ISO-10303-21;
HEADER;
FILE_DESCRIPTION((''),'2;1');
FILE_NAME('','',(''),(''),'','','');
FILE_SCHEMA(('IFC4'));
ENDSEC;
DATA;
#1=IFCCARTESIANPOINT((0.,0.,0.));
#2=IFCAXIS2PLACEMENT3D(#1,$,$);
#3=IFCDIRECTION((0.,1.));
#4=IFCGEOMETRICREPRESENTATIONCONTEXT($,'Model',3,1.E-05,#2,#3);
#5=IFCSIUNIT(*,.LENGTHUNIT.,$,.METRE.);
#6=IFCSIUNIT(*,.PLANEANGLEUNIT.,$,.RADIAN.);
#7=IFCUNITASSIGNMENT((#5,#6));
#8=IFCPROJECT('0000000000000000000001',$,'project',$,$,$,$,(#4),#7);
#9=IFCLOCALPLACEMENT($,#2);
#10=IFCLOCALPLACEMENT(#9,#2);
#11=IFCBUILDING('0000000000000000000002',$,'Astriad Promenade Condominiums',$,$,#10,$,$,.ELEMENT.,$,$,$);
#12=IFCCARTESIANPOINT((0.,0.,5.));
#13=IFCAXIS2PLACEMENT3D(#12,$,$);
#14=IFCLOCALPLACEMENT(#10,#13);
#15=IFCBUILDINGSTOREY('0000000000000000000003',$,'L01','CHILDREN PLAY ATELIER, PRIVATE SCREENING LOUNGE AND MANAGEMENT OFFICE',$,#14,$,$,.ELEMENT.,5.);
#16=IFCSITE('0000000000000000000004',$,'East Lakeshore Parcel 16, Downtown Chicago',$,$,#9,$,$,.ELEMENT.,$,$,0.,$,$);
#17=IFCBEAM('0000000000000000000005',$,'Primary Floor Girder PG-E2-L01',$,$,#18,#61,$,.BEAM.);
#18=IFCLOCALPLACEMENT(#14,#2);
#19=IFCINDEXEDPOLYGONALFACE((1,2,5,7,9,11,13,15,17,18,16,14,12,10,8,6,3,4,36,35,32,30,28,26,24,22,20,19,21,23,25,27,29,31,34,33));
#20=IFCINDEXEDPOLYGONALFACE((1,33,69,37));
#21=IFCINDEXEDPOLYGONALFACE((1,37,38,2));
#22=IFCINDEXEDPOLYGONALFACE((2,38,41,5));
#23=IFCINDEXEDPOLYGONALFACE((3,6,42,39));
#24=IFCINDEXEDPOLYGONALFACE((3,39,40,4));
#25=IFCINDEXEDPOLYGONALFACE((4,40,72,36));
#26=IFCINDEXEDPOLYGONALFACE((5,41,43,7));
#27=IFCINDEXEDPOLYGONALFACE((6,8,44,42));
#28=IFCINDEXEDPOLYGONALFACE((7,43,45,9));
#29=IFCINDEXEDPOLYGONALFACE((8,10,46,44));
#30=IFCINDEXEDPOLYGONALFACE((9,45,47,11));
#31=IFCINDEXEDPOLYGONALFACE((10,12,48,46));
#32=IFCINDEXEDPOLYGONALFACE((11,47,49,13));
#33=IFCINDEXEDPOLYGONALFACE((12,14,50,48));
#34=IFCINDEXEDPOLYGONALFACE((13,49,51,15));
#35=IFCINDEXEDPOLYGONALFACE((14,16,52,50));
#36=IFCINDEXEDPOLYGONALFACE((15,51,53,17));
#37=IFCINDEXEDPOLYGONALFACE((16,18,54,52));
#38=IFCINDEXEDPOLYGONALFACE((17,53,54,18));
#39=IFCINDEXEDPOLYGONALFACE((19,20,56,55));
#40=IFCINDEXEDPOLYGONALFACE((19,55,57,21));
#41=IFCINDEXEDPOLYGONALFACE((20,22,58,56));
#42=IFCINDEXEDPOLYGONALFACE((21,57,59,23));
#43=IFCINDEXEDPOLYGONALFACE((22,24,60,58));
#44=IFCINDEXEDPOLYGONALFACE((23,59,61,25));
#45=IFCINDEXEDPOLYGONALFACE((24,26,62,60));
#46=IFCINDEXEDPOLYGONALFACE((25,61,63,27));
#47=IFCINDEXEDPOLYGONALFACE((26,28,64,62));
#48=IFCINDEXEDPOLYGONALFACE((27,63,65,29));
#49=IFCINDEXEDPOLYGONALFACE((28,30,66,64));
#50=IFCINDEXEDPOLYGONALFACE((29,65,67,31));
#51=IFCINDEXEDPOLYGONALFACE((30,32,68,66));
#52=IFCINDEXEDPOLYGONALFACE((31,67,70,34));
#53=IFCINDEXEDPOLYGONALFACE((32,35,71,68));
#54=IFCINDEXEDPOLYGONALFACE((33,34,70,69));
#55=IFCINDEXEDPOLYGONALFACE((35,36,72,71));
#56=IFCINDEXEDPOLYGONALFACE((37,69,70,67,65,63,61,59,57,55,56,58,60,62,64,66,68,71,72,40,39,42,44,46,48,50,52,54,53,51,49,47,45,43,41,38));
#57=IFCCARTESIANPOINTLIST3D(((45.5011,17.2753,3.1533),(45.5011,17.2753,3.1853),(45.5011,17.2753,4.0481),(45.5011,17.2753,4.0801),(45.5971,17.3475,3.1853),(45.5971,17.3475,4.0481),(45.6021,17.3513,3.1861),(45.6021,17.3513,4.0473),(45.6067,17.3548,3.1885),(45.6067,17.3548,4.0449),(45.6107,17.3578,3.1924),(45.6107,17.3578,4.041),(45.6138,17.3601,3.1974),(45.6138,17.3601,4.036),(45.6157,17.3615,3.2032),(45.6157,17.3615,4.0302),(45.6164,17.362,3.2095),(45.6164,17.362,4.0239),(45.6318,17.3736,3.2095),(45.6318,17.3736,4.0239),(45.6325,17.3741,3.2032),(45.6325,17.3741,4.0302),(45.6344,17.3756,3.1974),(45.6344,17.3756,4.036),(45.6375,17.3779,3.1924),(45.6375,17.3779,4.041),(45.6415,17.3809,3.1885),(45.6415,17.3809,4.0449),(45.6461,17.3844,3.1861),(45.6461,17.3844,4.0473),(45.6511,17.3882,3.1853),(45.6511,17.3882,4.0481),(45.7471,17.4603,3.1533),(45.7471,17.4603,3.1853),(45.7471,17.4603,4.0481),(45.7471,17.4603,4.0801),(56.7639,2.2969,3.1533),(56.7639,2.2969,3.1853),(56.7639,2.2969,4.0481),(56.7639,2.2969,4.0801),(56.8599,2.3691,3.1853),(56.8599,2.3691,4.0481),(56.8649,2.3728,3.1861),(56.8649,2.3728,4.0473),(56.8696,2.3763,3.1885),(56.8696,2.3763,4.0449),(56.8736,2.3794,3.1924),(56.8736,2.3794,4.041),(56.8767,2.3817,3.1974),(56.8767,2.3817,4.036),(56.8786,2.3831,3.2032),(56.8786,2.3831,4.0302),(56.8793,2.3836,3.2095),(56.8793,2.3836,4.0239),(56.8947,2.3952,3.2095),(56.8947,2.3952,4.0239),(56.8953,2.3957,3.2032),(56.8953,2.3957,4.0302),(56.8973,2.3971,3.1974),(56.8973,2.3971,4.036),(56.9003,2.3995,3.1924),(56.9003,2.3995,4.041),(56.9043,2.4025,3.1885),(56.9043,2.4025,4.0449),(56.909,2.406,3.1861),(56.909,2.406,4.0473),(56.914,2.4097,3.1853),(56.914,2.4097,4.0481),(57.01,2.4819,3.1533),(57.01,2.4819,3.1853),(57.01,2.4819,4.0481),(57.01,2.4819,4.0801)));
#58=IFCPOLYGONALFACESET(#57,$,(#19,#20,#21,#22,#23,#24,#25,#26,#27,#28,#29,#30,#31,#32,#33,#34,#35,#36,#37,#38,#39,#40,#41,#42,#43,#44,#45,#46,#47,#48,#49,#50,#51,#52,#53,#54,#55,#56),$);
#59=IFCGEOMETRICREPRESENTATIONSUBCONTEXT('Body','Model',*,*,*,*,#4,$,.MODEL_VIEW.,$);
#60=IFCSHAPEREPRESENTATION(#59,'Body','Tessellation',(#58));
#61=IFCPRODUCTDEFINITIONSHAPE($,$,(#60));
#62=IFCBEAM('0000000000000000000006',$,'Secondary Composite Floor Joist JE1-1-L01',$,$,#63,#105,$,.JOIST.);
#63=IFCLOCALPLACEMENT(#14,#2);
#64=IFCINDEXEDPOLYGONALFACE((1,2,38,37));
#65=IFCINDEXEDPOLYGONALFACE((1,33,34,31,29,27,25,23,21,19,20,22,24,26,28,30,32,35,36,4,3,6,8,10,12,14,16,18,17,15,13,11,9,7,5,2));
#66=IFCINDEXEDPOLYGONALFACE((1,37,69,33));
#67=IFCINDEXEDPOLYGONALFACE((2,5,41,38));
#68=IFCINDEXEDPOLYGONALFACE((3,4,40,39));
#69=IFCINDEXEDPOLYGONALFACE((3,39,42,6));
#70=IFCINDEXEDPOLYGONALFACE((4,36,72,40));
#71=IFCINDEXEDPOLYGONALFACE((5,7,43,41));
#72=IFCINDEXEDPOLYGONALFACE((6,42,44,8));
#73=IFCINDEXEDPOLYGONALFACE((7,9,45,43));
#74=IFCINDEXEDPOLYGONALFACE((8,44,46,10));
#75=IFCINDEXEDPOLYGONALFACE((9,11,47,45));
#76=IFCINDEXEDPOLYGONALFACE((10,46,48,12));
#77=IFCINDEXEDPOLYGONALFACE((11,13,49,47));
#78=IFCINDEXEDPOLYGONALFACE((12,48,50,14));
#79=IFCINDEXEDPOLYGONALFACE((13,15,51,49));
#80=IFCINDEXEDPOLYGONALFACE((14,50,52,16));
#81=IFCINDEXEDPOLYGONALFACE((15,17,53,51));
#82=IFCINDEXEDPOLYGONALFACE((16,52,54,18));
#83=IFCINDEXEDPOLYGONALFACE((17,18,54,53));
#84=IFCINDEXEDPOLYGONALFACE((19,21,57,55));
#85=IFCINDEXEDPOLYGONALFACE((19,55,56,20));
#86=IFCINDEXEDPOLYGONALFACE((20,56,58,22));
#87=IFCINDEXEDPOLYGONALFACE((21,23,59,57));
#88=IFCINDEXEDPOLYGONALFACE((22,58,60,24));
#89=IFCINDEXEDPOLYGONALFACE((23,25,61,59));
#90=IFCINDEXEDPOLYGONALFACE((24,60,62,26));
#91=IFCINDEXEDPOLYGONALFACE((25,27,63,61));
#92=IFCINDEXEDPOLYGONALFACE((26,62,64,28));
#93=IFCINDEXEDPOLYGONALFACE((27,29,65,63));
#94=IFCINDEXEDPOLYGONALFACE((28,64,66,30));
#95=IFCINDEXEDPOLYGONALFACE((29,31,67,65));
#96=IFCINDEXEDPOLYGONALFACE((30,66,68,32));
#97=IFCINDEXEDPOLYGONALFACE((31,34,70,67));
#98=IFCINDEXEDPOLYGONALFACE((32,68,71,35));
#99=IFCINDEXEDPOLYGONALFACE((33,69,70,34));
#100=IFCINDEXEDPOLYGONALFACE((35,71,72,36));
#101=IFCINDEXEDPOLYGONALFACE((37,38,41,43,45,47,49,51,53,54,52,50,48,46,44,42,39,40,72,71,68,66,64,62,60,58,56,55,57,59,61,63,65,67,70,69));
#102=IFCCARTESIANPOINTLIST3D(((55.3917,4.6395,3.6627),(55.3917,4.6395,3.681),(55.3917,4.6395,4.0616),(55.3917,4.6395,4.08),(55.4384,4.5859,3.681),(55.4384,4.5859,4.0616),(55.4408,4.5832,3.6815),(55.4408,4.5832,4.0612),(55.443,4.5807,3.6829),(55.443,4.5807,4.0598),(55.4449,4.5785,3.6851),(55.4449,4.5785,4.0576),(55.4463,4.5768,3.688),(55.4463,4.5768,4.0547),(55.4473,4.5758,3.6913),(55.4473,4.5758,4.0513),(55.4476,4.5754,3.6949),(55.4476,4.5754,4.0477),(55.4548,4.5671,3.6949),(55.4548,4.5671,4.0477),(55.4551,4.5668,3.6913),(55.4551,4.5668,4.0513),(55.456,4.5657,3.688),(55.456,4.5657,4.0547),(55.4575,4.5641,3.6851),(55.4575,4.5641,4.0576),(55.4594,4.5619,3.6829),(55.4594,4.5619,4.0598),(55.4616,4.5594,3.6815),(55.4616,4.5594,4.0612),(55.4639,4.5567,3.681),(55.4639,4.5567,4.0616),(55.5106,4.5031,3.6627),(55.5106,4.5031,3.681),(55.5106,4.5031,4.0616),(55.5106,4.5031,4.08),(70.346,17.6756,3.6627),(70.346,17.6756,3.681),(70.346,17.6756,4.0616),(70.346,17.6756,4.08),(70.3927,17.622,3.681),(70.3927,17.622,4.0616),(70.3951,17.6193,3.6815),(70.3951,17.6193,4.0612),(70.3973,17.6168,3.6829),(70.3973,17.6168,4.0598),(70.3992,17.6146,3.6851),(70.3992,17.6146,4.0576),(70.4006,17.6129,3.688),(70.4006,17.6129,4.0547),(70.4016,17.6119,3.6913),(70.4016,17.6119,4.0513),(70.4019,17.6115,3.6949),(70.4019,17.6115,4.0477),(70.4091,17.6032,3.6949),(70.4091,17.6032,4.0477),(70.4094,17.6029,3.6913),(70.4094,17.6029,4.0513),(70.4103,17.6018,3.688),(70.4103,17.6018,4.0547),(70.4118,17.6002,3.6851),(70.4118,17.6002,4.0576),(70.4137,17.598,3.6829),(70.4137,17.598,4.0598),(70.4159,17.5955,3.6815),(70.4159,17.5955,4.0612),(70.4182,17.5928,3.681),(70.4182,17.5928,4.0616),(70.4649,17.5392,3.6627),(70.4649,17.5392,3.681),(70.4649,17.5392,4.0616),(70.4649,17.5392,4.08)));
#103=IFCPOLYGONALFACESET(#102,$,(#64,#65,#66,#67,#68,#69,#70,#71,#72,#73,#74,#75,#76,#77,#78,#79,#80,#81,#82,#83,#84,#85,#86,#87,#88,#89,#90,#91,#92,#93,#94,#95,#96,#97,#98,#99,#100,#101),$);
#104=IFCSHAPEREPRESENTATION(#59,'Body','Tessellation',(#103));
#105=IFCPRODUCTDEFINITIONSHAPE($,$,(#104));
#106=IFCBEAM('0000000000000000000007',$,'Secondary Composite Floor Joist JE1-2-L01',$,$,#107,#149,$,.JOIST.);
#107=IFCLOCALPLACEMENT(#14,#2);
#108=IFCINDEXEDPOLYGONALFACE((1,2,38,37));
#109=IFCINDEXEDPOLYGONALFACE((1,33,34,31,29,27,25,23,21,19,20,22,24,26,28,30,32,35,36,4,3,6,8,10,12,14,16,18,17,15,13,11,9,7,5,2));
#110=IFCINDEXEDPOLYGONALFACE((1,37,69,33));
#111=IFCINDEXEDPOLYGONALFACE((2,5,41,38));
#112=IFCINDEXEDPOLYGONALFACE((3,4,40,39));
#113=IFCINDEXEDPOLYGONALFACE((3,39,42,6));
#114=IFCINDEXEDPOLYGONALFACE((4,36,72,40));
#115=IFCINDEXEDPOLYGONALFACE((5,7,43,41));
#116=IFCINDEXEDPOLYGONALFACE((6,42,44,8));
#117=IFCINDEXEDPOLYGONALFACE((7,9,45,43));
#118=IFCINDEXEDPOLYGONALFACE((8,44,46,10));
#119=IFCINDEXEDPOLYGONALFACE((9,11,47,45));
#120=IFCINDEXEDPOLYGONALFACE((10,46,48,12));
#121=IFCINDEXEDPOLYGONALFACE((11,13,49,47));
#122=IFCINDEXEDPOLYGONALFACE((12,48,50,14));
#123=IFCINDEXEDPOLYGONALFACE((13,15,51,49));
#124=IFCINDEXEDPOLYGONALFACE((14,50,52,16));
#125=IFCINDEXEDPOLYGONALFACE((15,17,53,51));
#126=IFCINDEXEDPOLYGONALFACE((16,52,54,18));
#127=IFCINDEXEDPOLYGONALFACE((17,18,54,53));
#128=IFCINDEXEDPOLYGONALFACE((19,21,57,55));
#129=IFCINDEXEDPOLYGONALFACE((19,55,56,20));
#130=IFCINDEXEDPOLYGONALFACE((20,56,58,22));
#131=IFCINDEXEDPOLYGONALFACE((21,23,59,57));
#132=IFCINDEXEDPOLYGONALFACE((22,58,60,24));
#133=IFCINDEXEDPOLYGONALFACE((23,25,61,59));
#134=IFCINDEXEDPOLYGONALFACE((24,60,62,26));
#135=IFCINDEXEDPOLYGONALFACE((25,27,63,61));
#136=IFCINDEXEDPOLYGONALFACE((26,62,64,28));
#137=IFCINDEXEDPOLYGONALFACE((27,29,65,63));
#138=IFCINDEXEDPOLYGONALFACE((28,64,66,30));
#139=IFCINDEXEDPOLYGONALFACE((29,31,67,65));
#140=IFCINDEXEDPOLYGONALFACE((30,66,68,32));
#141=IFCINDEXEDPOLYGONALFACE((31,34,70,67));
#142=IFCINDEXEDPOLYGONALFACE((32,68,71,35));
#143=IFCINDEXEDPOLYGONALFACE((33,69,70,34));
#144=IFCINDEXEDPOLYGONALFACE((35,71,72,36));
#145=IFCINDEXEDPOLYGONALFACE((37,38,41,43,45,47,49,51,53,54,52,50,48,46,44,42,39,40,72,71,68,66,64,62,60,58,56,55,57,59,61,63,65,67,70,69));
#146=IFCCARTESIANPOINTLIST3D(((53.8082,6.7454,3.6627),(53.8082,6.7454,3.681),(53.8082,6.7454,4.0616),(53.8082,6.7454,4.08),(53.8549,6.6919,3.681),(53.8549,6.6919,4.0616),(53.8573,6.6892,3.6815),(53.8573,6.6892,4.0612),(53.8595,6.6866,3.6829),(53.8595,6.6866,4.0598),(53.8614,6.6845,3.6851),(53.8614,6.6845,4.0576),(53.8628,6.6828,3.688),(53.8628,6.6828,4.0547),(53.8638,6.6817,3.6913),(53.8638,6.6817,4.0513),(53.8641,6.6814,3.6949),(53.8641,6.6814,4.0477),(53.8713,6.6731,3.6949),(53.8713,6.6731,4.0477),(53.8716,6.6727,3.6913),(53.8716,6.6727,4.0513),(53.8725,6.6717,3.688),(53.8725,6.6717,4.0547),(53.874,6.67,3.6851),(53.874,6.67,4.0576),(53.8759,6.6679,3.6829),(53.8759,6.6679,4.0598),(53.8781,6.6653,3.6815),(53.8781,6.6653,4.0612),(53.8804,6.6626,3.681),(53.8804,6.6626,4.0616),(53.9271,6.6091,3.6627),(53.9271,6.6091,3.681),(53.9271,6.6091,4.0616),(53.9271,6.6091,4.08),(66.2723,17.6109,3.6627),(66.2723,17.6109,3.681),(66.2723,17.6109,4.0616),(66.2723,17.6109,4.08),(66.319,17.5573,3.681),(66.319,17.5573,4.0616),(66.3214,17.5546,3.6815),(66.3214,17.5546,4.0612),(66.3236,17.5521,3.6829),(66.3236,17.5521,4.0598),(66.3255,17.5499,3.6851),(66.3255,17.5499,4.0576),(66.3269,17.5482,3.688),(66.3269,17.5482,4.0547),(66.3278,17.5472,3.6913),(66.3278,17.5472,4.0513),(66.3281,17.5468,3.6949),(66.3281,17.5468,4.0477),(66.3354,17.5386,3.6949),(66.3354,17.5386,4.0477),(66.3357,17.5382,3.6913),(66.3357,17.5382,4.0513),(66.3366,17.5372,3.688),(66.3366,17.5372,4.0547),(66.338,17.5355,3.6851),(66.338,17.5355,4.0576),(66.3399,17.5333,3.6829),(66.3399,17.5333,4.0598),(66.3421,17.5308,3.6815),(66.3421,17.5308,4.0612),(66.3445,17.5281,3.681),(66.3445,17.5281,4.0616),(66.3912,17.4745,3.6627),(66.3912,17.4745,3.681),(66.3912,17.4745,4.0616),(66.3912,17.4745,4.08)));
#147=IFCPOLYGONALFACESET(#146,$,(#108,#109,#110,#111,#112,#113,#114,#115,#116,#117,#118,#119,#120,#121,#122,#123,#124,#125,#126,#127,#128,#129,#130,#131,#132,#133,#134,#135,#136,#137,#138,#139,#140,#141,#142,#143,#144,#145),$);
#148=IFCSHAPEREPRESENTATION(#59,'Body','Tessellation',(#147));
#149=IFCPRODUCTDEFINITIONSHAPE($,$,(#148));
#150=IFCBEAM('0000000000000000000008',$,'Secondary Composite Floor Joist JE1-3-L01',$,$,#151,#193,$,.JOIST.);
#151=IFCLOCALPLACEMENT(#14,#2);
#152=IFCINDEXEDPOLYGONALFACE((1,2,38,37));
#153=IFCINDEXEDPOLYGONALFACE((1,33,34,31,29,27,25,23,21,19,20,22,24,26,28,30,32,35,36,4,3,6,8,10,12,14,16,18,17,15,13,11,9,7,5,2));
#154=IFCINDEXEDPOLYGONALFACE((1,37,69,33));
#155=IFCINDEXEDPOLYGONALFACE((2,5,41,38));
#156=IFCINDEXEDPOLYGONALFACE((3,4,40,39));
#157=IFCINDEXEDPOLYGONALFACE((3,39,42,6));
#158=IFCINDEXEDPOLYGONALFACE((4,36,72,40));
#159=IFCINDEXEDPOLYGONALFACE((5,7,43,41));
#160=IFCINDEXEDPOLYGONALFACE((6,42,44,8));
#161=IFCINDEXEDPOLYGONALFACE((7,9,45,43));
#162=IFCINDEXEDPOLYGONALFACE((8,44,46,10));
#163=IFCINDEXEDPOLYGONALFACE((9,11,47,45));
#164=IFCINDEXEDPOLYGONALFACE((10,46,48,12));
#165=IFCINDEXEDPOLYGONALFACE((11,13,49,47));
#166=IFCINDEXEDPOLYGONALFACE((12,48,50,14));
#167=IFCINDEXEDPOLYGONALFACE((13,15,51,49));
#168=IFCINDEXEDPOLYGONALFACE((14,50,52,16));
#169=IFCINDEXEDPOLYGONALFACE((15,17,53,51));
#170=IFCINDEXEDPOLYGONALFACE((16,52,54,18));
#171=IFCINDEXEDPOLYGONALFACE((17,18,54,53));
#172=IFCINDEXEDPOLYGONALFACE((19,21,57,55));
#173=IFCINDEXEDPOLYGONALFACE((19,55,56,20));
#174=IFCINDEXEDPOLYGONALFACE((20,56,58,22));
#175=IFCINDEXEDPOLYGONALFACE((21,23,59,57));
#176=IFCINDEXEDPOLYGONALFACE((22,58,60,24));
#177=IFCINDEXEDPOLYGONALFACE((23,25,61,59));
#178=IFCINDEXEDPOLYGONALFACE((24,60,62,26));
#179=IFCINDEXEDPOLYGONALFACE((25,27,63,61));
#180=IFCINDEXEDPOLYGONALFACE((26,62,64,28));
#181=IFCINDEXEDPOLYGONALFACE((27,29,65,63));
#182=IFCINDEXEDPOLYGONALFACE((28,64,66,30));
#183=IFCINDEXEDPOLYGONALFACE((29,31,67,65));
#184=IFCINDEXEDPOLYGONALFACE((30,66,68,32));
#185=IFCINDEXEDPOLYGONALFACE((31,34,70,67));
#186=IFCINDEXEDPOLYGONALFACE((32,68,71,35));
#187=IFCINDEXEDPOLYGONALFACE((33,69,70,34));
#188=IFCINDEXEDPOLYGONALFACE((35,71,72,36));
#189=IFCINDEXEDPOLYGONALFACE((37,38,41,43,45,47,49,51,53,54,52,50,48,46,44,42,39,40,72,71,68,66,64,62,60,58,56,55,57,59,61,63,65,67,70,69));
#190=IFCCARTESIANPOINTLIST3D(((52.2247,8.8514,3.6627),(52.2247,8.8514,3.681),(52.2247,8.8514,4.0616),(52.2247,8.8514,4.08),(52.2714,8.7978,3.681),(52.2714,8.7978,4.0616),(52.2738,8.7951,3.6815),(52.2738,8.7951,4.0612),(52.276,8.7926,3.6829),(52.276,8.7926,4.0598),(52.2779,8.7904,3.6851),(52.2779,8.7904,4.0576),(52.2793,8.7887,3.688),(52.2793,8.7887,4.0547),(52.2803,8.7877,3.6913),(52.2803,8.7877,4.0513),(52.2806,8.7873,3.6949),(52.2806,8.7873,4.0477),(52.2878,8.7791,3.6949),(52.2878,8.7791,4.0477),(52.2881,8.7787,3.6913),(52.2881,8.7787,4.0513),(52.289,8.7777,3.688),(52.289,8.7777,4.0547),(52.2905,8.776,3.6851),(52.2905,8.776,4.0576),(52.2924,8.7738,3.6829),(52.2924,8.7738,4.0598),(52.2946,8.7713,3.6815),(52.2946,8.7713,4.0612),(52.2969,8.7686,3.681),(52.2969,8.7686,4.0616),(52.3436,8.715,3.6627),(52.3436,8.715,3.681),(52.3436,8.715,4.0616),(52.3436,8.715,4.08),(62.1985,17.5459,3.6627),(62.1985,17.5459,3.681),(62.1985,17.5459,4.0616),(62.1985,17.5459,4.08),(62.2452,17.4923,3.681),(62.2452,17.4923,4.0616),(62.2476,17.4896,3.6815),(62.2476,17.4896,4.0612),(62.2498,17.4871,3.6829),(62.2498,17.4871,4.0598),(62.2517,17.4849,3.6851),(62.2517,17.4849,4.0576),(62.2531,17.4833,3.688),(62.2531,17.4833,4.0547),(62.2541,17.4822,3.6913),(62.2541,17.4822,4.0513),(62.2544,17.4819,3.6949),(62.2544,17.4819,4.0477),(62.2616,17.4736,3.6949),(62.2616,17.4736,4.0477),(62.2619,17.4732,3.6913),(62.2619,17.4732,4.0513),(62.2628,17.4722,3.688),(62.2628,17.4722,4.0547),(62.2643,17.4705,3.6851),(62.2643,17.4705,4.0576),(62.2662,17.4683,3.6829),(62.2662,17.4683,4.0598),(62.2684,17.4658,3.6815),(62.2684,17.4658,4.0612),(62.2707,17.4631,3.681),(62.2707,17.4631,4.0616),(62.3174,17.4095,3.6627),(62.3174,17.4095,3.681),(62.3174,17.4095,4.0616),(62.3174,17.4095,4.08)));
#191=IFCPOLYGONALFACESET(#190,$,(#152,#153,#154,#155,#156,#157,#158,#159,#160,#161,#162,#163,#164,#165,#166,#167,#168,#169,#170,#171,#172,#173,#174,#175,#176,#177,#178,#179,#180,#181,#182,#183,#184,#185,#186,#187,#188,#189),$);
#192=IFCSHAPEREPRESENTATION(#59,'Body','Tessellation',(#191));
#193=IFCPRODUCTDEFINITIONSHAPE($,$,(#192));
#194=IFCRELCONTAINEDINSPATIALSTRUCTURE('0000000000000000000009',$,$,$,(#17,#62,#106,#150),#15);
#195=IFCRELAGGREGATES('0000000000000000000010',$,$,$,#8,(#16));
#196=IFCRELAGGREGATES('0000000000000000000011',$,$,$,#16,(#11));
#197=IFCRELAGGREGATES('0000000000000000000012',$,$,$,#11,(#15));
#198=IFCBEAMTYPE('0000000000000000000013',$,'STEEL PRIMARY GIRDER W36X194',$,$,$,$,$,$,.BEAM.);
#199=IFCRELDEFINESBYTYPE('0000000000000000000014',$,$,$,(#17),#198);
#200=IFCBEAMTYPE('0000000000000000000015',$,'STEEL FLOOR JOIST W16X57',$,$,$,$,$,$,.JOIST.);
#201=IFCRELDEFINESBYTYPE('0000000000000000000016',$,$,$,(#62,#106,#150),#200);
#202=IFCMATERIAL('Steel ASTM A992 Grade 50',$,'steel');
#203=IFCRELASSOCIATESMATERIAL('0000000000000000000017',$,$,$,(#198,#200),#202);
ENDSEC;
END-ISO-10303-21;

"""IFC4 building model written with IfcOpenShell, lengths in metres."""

from ifc_helpers import new_model, si_unit, direction, frame, origin, origin_2d, place, context, subcontext, project, spatial, i_section, extrude, source, transform, mapped, material, material_profile, profile_set, type_object, type_shapes, element, save


model = new_model("IFC4")

# Units and contexts
model_context = context("Model", 3, precision=1e-05, world=origin(), true_north=direction((0.0, 1.0)))
body_context = subcontext(model_context, "Body", "Model", "MODEL_VIEW")
ifc_project = project(units=[si_unit("LENGTHUNIT", "METRE"), si_unit("PLANEANGLEUNIT", "RADIAN")], contexts=[model_context])

# Site, building, storey
site_placement = place(None, origin())
site = spatial("IfcSite", under=ifc_project, at=site_placement, Name="East Lakeshore Parcel 16, Downtown Chicago", CompositionType="ELEMENT", RefElevation=0.0)
building_placement = place(site_placement, origin())
building = spatial("IfcBuilding", under=site, at=building_placement, Name="Astriad Promenade Condominiums", CompositionType="ELEMENT")
storey_placement = place(building_placement, frame((0.0, 0.0, 5.0)))
storey = spatial("IfcBuildingStorey", under=building, at=storey_placement, Name="L01", Description="CHILDREN PLAY ATELIER, PRIVATE SCREENING LOUNGE AND MANAGEMENT OFFICE", CompositionType="ELEMENT", Elevation=5.0)

# Shared definitions
ifc_material_1 = material(Name="Steel ASTM A992 Grade 50", Category="steel")

# Beams
ifc_material_profile_1 = material_profile(ifc_material_1, i_section(OverallWidth=0.3079, OverallDepth=0.9268, WebThickness=0.0193, FlangeThickness=0.032, FilletRadius=0.0242, at=origin_2d()), Name="W36X194")
ifc_profile_set_1 = profile_set([ifc_material_profile_1], Name="Steel ASTM A992 Grade 50")
beam_type_1 = type_object("IfcBeamType", Name="STEEL PRIMARY GIRDER W36X194", PredefinedType="BEAM", material=ifc_profile_set_1)
shared_shape_1 = source(origin(), body_context, "Body", "SweptSolid", [
    extrude(i_section(OverallWidth=0.3079, OverallDepth=0.9268, WebThickness=0.0193, FlangeThickness=0.032, FilletRadius=0.0242, at=origin_2d()), origin(), (0.0, 0.0, 1.0), 18.7405),
])
type_shapes(beam_type_1, [shared_shape_1])
beam_1_placement = place(storey_placement, frame((56.887, 2.3894, 3.6167), z_axis=(-0.600992, 0.799255, 0.0), x_axis=(-0.799255, -0.600992, 0.0)))
element("IfcBeam", 1, at=beam_1_placement, inside=storey, type_object=beam_type_1, Name="Primary Floor Girder PG-E2-L01", PredefinedType="BEAM", context=body_context, shape_type="MappedRepresentation", body=[
    mapped(shared_shape_1, transform((0.0, 0.0, 0.0), scale=1.0)),
])
ifc_material_profile_2 = material_profile(ifc_material_1, i_section(OverallWidth=0.1809, OverallDepth=0.4172, WebThickness=0.011, FlangeThickness=0.0183, FilletRadius=0.0139, at=origin_2d()), Name="W16X57")
ifc_profile_set_2 = profile_set([ifc_material_profile_2], Name="Steel ASTM A992 Grade 50")
beam_type_2 = type_object("IfcBeamType", Name="STEEL FLOOR JOIST W16X57", PredefinedType="JOIST", material=ifc_profile_set_2)
shared_shape_2 = source(origin(), body_context, "Body", "SweptSolid", [
    extrude(i_section(OverallWidth=0.1809, OverallDepth=0.4172, WebThickness=0.011, FlangeThickness=0.0183, FilletRadius=0.0139, at=origin_2d()), origin(), (0.0, 0.0, 1.0), 19.8386),
])
beam_2_placement = place(storey_placement, frame((55.4512, 4.5713, 3.8713), z_axis=(0.753797, 0.657107, 0.0), x_axis=(-0.657107, 0.753797, 0.0)))
element("IfcBeam", 2, at=beam_2_placement, inside=storey, type_object=beam_type_2, Name="Secondary Composite Floor Joist JE1-1-L01", PredefinedType="JOIST", context=body_context, shape_type="MappedRepresentation", body=[
    mapped(shared_shape_2, transform((0.0, 0.0, 0.0), scale=1.0)),
])
shared_shape_3 = source(origin(), body_context, "Body", "SweptSolid", [
    extrude(i_section(OverallWidth=0.1809, OverallDepth=0.4172, WebThickness=0.011, FlangeThickness=0.0183, FilletRadius=0.0139, at=origin_2d()), origin(), (0.0, 0.0, 1.0), 16.5352),
])
beam_3_placement = place(storey_placement, frame((53.8677, 6.6772, 3.8713), z_axis=(0.753793, 0.657112, 0.0), x_axis=(-0.657112, 0.753793, 0.0)))
element("IfcBeam", 3, at=beam_3_placement, inside=storey, type_object=beam_type_2, Name="Secondary Composite Floor Joist JE1-2-L01", PredefinedType="JOIST", context=body_context, shape_type="MappedRepresentation", body=[
    mapped(shared_shape_3, transform((0.0, 0.0, 0.0), scale=1.0)),
])
shared_shape_4 = source(origin(), body_context, "Body", "SweptSolid", [
    extrude(i_section(OverallWidth=0.1809, OverallDepth=0.4172, WebThickness=0.011, FlangeThickness=0.0183, FilletRadius=0.0139, at=origin_2d()), origin(), (0.0, 0.0, 1.0), 13.2314),
])
type_shapes(beam_type_2, [shared_shape_2, shared_shape_3, shared_shape_4])
beam_4_placement = place(storey_placement, frame((52.2842, 8.7832, 3.8713), z_axis=(0.753795, 0.65711, 0.0), x_axis=(-0.65711, 0.753795, 0.0)))
element("IfcBeam", 4, at=beam_4_placement, inside=storey, type_object=beam_type_2, Name="Secondary Composite Floor Joist JE1-3-L01", PredefinedType="JOIST", context=body_context, shape_type="MappedRepresentation", body=[
    mapped(shared_shape_4, transform((0.0, 0.0, 0.0), scale=1.0)),
])

save(model, "model.ifc")
